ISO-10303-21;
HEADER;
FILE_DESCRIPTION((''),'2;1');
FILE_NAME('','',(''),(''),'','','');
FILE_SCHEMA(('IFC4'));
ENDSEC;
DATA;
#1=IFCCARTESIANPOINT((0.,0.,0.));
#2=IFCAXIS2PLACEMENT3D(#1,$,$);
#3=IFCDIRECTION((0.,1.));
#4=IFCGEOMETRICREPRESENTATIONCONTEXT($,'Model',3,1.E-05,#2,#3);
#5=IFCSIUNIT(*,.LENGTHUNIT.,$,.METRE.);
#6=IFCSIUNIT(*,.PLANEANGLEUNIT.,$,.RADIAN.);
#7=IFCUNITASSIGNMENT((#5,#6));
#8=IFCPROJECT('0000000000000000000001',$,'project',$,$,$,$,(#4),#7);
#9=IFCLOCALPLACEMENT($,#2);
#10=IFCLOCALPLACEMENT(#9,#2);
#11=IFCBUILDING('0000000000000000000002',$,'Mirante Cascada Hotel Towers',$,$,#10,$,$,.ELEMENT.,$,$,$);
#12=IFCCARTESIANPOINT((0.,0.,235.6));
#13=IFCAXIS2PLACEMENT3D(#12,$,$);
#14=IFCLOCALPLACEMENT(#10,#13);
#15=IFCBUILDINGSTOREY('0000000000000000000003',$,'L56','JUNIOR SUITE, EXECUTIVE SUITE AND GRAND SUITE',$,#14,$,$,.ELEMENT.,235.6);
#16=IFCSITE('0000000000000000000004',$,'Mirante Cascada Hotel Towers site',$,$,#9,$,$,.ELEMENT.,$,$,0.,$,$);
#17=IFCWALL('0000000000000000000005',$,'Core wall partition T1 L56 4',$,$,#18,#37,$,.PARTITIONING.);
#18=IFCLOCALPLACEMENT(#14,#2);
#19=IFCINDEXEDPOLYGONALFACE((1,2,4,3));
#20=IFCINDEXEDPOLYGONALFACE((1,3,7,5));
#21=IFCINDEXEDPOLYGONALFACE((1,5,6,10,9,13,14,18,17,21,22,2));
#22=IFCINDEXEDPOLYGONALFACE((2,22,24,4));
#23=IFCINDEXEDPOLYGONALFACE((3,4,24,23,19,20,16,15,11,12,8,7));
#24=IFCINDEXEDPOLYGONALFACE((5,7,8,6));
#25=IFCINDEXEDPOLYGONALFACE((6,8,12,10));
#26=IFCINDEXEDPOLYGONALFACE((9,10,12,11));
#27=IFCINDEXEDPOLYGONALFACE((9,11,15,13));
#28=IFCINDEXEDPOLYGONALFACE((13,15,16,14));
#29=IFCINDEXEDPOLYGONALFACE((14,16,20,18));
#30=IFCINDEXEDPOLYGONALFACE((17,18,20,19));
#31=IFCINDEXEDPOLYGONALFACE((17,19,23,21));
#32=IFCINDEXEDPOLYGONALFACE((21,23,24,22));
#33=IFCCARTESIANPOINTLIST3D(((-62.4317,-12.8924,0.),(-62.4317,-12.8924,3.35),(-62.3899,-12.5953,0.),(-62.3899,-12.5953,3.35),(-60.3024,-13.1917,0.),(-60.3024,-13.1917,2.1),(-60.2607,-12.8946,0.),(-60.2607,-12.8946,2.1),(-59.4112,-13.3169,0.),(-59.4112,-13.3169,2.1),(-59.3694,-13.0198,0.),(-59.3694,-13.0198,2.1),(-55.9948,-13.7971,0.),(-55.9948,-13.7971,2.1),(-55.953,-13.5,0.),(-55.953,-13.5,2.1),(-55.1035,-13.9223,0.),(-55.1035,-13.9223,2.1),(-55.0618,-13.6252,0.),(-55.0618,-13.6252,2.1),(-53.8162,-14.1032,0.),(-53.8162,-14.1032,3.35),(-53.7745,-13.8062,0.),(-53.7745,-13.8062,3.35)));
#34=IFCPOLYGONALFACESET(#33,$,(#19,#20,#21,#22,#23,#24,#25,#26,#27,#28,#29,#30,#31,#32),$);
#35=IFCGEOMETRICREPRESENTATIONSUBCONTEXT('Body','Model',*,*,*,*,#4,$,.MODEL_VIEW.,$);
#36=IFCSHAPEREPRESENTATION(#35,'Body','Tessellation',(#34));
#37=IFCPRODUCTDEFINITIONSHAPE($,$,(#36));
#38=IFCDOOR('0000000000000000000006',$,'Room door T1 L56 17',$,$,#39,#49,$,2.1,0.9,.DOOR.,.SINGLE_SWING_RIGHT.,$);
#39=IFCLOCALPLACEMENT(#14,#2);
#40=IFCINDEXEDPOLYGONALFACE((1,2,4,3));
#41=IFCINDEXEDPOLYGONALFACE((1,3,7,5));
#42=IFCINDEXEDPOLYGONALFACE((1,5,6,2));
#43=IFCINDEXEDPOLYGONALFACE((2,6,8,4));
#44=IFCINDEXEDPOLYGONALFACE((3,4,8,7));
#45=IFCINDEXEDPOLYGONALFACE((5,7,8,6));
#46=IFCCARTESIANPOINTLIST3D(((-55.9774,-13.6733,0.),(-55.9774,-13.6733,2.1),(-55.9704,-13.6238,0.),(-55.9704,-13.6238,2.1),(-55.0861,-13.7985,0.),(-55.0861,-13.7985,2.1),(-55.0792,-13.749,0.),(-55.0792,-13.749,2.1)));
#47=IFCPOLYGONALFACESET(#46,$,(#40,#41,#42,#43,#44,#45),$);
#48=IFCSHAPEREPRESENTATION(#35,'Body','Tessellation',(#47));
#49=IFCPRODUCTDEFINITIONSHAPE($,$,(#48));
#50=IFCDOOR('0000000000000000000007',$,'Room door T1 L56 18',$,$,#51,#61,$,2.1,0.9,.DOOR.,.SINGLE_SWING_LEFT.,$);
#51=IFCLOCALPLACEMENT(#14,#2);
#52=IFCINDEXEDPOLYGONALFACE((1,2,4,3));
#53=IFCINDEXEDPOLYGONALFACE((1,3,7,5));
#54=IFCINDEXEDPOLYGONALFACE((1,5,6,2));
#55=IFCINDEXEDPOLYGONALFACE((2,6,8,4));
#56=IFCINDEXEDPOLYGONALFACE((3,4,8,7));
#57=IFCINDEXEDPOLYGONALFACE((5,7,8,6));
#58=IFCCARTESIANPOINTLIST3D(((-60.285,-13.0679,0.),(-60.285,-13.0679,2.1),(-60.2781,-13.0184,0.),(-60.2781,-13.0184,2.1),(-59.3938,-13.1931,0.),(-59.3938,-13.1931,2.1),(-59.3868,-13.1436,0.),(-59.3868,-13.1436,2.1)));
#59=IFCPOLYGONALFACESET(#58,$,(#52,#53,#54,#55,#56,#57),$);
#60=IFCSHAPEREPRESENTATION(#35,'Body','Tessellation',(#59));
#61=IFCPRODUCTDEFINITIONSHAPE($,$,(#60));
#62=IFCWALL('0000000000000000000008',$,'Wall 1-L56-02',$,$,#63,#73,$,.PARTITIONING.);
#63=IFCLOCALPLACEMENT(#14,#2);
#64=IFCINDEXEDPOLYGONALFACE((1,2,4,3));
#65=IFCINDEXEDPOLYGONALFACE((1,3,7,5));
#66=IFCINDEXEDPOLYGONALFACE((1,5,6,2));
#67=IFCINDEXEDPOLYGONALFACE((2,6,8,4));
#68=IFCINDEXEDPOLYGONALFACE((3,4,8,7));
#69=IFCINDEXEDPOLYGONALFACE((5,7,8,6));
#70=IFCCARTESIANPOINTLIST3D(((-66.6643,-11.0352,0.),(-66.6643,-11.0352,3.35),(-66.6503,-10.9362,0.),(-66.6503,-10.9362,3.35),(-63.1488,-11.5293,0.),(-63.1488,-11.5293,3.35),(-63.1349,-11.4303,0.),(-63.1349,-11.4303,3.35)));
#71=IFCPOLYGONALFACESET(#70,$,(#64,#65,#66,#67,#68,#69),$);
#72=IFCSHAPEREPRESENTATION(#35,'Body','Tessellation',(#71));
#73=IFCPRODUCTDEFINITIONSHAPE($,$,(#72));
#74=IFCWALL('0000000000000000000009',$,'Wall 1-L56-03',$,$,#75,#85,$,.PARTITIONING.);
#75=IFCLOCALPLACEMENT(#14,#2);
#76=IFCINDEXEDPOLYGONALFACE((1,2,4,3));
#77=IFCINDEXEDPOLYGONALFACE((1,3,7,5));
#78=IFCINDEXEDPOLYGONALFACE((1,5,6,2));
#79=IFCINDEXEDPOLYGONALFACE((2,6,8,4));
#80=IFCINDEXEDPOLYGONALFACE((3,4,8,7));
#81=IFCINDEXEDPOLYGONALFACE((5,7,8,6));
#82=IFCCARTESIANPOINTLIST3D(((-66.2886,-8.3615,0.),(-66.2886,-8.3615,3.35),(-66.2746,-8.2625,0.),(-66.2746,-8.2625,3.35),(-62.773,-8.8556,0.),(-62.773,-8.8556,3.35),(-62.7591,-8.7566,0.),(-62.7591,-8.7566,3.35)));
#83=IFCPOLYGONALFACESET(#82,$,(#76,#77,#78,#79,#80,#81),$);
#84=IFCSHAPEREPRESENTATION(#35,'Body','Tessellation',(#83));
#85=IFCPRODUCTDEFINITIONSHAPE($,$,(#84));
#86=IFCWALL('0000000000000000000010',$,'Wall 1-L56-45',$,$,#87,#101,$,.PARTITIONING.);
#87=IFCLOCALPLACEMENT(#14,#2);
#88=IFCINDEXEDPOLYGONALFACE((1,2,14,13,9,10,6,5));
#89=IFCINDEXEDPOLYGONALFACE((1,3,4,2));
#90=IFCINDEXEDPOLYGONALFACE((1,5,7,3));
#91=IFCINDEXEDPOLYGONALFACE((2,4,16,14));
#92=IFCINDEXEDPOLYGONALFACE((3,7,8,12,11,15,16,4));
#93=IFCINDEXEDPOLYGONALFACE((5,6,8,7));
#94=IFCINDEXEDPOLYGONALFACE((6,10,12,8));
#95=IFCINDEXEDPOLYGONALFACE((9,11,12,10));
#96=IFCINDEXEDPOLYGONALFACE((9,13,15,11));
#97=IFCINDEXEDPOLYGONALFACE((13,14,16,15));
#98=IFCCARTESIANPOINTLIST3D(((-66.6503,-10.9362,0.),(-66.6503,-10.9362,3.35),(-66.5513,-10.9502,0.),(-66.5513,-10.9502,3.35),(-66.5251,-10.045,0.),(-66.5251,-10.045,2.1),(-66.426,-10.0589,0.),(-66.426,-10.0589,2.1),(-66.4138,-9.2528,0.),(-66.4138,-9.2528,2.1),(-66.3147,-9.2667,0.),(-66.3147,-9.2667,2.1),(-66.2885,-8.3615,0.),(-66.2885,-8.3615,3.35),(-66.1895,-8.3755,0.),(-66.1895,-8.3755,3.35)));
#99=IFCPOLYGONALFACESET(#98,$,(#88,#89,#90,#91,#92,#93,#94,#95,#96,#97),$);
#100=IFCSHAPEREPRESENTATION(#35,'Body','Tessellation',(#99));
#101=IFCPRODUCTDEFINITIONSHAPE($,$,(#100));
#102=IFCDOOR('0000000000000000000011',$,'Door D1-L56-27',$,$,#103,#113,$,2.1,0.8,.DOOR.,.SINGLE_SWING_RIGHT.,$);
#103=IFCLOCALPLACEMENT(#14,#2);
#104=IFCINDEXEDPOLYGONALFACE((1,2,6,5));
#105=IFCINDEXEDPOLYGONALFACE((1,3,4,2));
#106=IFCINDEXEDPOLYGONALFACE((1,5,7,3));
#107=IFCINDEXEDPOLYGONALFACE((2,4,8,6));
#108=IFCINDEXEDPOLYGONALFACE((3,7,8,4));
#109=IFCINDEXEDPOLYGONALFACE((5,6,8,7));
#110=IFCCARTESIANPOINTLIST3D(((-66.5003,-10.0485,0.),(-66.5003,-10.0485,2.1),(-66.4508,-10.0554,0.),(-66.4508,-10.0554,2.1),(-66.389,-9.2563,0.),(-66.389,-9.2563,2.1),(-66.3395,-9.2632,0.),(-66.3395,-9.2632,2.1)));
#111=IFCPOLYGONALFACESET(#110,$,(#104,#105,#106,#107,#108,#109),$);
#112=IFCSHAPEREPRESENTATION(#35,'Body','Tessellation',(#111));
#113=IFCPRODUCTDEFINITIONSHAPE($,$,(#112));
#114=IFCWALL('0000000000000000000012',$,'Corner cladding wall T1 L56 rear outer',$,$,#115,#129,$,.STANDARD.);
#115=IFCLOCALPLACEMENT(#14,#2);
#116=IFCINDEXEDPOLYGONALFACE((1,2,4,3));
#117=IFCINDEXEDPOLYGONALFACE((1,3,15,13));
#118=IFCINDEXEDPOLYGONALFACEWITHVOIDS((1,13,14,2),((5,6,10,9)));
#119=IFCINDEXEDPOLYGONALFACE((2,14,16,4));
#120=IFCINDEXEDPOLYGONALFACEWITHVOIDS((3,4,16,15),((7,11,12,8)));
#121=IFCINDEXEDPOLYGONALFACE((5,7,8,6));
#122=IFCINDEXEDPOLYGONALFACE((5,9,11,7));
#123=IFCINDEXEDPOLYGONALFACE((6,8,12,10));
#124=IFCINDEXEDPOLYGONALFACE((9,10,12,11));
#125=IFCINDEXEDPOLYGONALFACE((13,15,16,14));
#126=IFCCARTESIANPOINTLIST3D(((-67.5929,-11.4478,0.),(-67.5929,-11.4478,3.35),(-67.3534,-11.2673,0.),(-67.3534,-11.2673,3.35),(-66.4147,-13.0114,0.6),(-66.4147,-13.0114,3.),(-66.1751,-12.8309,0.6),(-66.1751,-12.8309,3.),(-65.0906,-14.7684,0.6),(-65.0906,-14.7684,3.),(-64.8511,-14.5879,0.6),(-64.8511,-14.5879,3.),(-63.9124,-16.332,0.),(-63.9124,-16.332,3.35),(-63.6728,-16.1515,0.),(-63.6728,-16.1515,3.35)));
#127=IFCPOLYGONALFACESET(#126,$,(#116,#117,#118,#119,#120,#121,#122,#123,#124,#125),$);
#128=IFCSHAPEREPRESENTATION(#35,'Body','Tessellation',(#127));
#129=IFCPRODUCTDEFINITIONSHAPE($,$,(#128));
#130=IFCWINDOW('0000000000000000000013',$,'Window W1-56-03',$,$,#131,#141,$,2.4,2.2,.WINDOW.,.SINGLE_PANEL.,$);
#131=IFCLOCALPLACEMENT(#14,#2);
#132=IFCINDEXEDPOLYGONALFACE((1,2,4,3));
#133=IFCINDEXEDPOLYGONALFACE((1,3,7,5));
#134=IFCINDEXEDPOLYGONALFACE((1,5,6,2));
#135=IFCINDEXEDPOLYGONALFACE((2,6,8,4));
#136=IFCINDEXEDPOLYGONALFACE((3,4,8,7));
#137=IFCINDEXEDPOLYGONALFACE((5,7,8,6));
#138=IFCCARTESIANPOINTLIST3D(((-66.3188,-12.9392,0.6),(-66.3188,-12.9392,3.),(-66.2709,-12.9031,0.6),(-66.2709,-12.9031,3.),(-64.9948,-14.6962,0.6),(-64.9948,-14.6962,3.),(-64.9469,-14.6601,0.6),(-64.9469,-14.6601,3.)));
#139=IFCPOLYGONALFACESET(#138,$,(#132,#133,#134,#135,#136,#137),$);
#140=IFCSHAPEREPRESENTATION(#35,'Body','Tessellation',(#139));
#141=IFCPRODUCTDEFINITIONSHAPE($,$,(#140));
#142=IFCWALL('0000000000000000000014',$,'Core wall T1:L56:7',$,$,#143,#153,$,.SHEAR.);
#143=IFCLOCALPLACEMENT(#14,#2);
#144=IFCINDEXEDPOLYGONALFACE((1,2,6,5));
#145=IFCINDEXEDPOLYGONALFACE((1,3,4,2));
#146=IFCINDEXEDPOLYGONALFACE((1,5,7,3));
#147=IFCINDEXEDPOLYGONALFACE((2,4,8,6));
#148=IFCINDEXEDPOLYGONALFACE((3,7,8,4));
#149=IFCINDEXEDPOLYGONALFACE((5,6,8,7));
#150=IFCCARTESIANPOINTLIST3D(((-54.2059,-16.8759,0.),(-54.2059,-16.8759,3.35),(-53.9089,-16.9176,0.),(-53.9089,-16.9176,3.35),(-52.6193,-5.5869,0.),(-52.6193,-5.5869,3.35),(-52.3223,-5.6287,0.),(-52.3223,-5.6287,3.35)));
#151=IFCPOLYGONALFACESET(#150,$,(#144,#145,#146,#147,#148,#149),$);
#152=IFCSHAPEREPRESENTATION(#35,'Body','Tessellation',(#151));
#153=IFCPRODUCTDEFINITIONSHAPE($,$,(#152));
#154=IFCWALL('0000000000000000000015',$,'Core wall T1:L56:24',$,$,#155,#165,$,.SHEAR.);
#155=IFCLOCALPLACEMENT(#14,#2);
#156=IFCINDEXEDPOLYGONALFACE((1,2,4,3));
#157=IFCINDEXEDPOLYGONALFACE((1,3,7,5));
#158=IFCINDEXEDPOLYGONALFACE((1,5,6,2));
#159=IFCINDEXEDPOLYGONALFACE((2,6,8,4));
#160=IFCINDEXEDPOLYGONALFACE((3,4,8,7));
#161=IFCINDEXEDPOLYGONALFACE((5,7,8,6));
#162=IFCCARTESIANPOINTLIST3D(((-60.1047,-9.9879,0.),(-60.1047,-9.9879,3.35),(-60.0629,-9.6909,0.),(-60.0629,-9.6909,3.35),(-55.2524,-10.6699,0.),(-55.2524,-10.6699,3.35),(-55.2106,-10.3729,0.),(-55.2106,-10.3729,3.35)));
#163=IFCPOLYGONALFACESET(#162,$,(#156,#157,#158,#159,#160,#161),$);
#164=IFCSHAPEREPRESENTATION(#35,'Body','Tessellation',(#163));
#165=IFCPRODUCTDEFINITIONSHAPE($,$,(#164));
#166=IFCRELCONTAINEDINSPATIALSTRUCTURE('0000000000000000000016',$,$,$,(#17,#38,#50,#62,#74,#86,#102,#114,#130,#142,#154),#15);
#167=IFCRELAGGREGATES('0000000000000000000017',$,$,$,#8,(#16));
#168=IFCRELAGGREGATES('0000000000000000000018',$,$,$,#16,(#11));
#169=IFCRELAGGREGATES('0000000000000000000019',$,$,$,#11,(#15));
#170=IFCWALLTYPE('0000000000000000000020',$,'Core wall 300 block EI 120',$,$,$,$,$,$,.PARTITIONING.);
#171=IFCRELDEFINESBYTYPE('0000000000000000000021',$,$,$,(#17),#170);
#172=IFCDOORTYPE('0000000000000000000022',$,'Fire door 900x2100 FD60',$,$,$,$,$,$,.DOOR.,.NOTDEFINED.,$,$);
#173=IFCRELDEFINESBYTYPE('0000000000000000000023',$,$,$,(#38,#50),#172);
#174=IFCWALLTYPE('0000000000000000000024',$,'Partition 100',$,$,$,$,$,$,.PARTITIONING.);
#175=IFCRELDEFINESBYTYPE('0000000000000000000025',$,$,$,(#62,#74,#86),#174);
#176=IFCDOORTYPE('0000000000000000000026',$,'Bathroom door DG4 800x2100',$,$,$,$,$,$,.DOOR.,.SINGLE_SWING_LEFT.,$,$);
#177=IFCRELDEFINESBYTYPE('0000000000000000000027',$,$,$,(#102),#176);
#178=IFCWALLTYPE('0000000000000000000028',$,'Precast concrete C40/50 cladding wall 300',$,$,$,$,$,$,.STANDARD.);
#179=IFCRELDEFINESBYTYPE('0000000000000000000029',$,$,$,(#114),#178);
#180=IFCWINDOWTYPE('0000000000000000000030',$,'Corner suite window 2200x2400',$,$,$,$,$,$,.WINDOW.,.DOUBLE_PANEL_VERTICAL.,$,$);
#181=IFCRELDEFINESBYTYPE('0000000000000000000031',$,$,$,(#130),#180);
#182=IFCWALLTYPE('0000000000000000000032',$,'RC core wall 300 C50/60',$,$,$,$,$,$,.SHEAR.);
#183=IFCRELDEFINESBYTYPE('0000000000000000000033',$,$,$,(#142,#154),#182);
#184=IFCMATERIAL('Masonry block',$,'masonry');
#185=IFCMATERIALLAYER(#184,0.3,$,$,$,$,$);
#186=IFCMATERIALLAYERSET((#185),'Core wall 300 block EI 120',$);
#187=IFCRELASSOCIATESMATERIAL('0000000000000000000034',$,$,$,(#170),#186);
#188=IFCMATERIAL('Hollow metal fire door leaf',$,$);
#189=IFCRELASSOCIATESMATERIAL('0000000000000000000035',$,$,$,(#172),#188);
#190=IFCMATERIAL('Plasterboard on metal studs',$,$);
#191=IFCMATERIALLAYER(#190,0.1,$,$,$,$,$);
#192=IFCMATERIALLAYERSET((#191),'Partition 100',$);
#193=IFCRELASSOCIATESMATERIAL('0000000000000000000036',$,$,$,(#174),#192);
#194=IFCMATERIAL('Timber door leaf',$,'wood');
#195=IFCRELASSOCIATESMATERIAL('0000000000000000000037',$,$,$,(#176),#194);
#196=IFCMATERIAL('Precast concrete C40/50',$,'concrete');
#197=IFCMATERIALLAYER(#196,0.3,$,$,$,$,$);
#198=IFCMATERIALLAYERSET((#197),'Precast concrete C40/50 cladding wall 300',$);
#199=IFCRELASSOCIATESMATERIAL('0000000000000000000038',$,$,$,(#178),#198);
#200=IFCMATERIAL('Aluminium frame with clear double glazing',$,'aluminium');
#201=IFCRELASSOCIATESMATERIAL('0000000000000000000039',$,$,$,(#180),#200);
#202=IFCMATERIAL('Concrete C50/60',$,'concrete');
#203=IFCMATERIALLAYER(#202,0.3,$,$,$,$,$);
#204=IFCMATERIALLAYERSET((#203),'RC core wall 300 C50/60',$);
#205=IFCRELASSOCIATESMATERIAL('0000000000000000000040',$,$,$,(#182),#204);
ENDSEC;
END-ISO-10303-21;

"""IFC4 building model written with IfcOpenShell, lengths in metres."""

from ifc_helpers import new_model, si_unit, direction, frame, frame_2d, origin, place, context, subcontext, project, spatial, rectangle, extrude, material, layer, layer_set, type_object, element, fill, save


model = new_model("IFC4")

# Units and contexts
model_context = context("Model", 3, precision=1e-05, world=origin(), true_north=direction((0.0, 1.0)))
body_context = subcontext(model_context, "Body", "Model", "MODEL_VIEW")
ifc_project = project(units=[si_unit("LENGTHUNIT", "METRE"), si_unit("PLANEANGLEUNIT", "RADIAN")], contexts=[model_context])

# Site, building, storey
site_placement = place(None, origin())
site = spatial("IfcSite", under=ifc_project, at=site_placement, Name="Mirante Cascada Hotel Towers site", CompositionType="ELEMENT", RefElevation=0.0)
building_placement = place(site_placement, origin())
building = spatial("IfcBuilding", under=site, at=building_placement, Name="Mirante Cascada Hotel Towers", CompositionType="ELEMENT")
storey_placement = place(building_placement, frame((0.0, 0.0, 235.6)))
storey = spatial("IfcBuildingStorey", under=building, at=storey_placement, Name="L56", Description="JUNIOR SUITE, EXECUTIVE SUITE AND GRAND SUITE", CompositionType="ELEMENT", Elevation=235.6)

# Wall, openings, doors
ifc_material_1 = material(Name="Masonry block", Category="masonry")
ifc_layer_1 = layer(ifc_material_1, 0.3)
ifc_layer_set_1 = layer_set([ifc_layer_1], Name="Core wall 300 block EI 120")
wall_type_1 = type_object("IfcWallType", Name="Core wall 300 block EI 120", PredefinedType="PARTITIONING", material=ifc_layer_set_1)
wall_1_placement = place(storey_placement, frame((-53.7953, -13.9547, 0.0), z_axis=(0.0, 0.0, 1.0), x_axis=(-0.990268, 0.139171, 0.0)))
wall_1 = element("IfcWall", 1, at=wall_1_placement, inside=storey, type_object=wall_type_1, Name="Core wall partition T1 L56 4", PredefinedType="PARTITIONING", context=body_context, shape_type="SweptSolid", body=[
    extrude(rectangle(XDim=8.7001, YDim=0.3, at=frame_2d((4.3501, 0.0))), origin(), (0.0, 0.0, 1.0), 3.35),
])
opening_1_placement = place(wall_1_placement, frame((1.3, 0.0, 0.0)))
opening_1 = element("IfcOpeningElement", 2, at=opening_1_placement, cuts=wall_1, PredefinedType="OPENING", context=body_context, shape_type="SweptSolid", body=[
    extrude(rectangle(XDim=0.9, YDim=2.1, at=frame_2d((0.45, 1.05))), frame((0.0, 0.15, 0.0), z_axis=(0.0, -1.0, 0.0), x_axis=(1.0, 0.0, 0.0)), (0.0, 0.0, 1.0), 0.3),
])
opening_2_placement = place(wall_1_placement, frame((5.65, 0.0, 0.0)))
opening_2 = element("IfcOpeningElement", 3, at=opening_2_placement, cuts=wall_1, PredefinedType="OPENING", context=body_context, shape_type="SweptSolid", body=[
    extrude(rectangle(XDim=0.9, YDim=2.1, at=frame_2d((0.45, 1.05))), frame((0.0, 0.15, 0.0), z_axis=(0.0, -1.0, 0.0), x_axis=(1.0, 0.0, 0.0)), (0.0, 0.0, 1.0), 0.3),
])
ifc_material_2 = material(Name="Hollow metal fire door leaf")
door_type_1 = type_object("IfcDoorType", Name="Fire door 900x2100 FD60", OperationType="NOTDEFINED", PredefinedType="DOOR", material=ifc_material_2)
door_1_placement = place(opening_1_placement, origin())
door_1 = element("IfcDoor", 4, at=door_1_placement, inside=storey, type_object=door_type_1, Name="Room door T1 L56 17", OperationType="SINGLE_SWING_RIGHT", OverallHeight=2.1, OverallWidth=0.9, PredefinedType="DOOR", context=body_context, shape_type="SweptSolid", body=[
    extrude(rectangle(XDim=0.9, YDim=2.1, at=frame_2d((0.45, 1.05))), frame((0.0, 0.025, 0.0), z_axis=(0.0, -1.0, 0.0), x_axis=(1.0, 0.0, 0.0)), (0.0, 0.0, 1.0), 0.05),
])
fill(opening_1, door_1)
door_2_placement = place(opening_2_placement, origin())
door_2 = element("IfcDoor", 5, at=door_2_placement, inside=storey, type_object=door_type_1, Name="Room door T1 L56 18", OperationType="SINGLE_SWING_LEFT", OverallHeight=2.1, OverallWidth=0.9, PredefinedType="DOOR", context=body_context, shape_type="SweptSolid", body=[
    extrude(rectangle(XDim=0.9, YDim=2.1, at=frame_2d((0.45, 1.05))), frame((0.0, 0.025, 0.0), z_axis=(0.0, -1.0, 0.0), x_axis=(1.0, 0.0, 0.0)), (0.0, 0.0, 1.0), 0.05),
])
fill(opening_2, door_2)

# Walls
ifc_material_3 = material(Name="Plasterboard on metal studs")
ifc_layer_2 = layer(ifc_material_3, 0.1)
ifc_layer_set_2 = layer_set([ifc_layer_2], Name="Partition 100")
wall_type_2 = type_object("IfcWallType", Name="Partition 100", PredefinedType="PARTITIONING", material=ifc_layer_set_2)
wall_2_placement = place(storey_placement, frame((-66.6573, -10.9857, 0.0), z_axis=(0.0, 0.0, 1.0), x_axis=(0.990266, -0.139185, 0.0)))
element("IfcWall", 6, at=wall_2_placement, inside=storey, type_object=wall_type_2, Name="Wall 1-L56-02", PredefinedType="PARTITIONING", context=body_context, shape_type="SweptSolid", body=[
    extrude(rectangle(XDim=3.55, YDim=0.1, at=frame_2d((1.775, 0.0))), origin(), (0.0, 0.0, 1.0), 3.35),
])
wall_3_placement = place(storey_placement, frame((-62.7661, -8.8061, 0.0), z_axis=(0.0, 0.0, 1.0), x_axis=(-0.990267, 0.139181, 0.0)))
element("IfcWall", 7, at=wall_3_placement, inside=storey, type_object=wall_type_2, Name="Wall 1-L56-03", PredefinedType="PARTITIONING", context=body_context, shape_type="SweptSolid", body=[
    extrude(rectangle(XDim=3.5501, YDim=0.1, at=frame_2d((1.775, 0.0))), origin(), (0.0, 0.0, 1.0), 3.35),
])

# Wall, opening, door
wall_4_placement = place(storey_placement, frame((-66.6008, -10.9432, 0.0), z_axis=(0.0, 0.0, 1.0), x_axis=(0.139154, 0.990271, 0.0)))
wall_4 = element("IfcWall", 8, at=wall_4_placement, inside=storey, type_object=wall_type_2, Name="Wall 1-L56-45", PredefinedType="PARTITIONING", context=body_context, shape_type="SweptSolid", body=[
    extrude(rectangle(XDim=2.6, YDim=0.1, at=frame_2d((1.3, 0.0))), origin(), (0.0, 0.0, 1.0), 3.35),
])
opening_3_placement = place(wall_4_placement, frame((0.9, 0.0, 0.0)))
opening_3 = element("IfcOpeningElement", 9, at=opening_3_placement, cuts=wall_4, PredefinedType="OPENING", context=body_context, shape_type="SweptSolid", body=[
    extrude(rectangle(XDim=0.8, YDim=2.1, at=frame_2d((0.4, 1.05))), frame((0.0, 0.05, 0.0), z_axis=(0.0, -1.0, 0.0), x_axis=(1.0, 0.0, 0.0)), (0.0, 0.0, 1.0), 0.1),
])
ifc_material_4 = material(Name="Timber door leaf", Category="wood")
door_type_2 = type_object("IfcDoorType", Name="Bathroom door DG4 800x2100", OperationType="SINGLE_SWING_LEFT", PredefinedType="DOOR", material=ifc_material_4)
door_3_placement = place(opening_3_placement, frame((0.8, 0.0, 0.0), z_axis=(0.0, 0.0, 1.0), x_axis=(-1.0, 0.0, 0.0)))
door_3 = element("IfcDoor", 10, at=door_3_placement, inside=storey, type_object=door_type_2, Name="Door D1-L56-27", OperationType="SINGLE_SWING_RIGHT", OverallHeight=2.1, OverallWidth=0.8, PredefinedType="DOOR", context=body_context, shape_type="SweptSolid", body=[
    extrude(rectangle(XDim=0.8, YDim=2.1, at=frame_2d((0.4, 1.05))), frame((0.0, 0.025, 0.0), z_axis=(0.0, -1.0, 0.0), x_axis=(1.0, 0.0, 0.0)), (0.0, 0.0, 1.0), 0.05),
])
fill(opening_3, door_3)

# Wall, opening, window
ifc_material_5 = material(Name="Precast concrete C40/50", Category="concrete")
ifc_layer_3 = layer(ifc_material_5, 0.3)
ifc_layer_set_3 = layer_set([ifc_layer_3], Name="Precast concrete C40/50 cladding wall 300")
wall_type_3 = type_object("IfcWallType", Name="Precast concrete C40/50 cladding wall 300", PredefinedType="STANDARD", material=ifc_layer_set_3)
wall_5_placement = place(storey_placement, frame((-63.7926, -16.2417, 0.0), z_axis=(0.0, 0.0, 1.0), x_axis=(-0.601824, 0.798628, 0.0)))
wall_5 = element("IfcWall", 11, at=wall_5_placement, inside=storey, type_object=wall_type_3, Name="Corner cladding wall T1 L56 rear outer", PredefinedType="STANDARD", context=body_context, shape_type="SweptSolid", body=[
    extrude(rectangle(XDim=6.1157, YDim=0.3, at=frame_2d((3.0578, 0.0))), origin(), (0.0, 0.0, 1.0), 3.35),
])
opening_4_placement = place(wall_5_placement, frame((1.9578, 0.0, 0.6)))
opening_4 = element("IfcOpeningElement", 12, at=opening_4_placement, cuts=wall_5, PredefinedType="OPENING", context=body_context, shape_type="SweptSolid", body=[
    extrude(rectangle(XDim=2.2, YDim=2.4, at=frame_2d((1.1, 1.2))), frame((0.0, 0.15, 0.0), z_axis=(0.0, -1.0, 0.0), x_axis=(1.0, 0.0, 0.0)), (0.0, 0.0, 1.0), 0.3),
])
ifc_material_6 = material(Name="Aluminium frame with clear double glazing", Category="aluminium")
window_type = type_object("IfcWindowType", Name="Corner suite window 2200x2400", PartitioningType="DOUBLE_PANEL_VERTICAL", PredefinedType="WINDOW", material=ifc_material_6)
window_placement = place(opening_4_placement, origin())
window = element("IfcWindow", 13, at=window_placement, inside=storey, type_object=window_type, Name="Window W1-56-03", OverallHeight=2.4, OverallWidth=2.2, PartitioningType="SINGLE_PANEL", PredefinedType="WINDOW", context=body_context, shape_type="SweptSolid", body=[
    extrude(rectangle(XDim=2.2, YDim=2.4, at=frame_2d((1.1, 1.2))), frame((0.0, 0.03, 0.0), z_axis=(0.0, -1.0, 0.0), x_axis=(1.0, 0.0, 0.0)), (0.0, 0.0, 1.0), 0.06),
])
fill(opening_4, window)

# Walls
ifc_material_7 = material(Name="Concrete C50/60", Category="concrete")
ifc_layer_4 = layer(ifc_material_7, 0.3)
ifc_layer_set_4 = layer_set([ifc_layer_4], Name="RC core wall 300 C50/60")
wall_type_4 = type_object("IfcWallType", Name="RC core wall 300 C50/60", PredefinedType="SHEAR", material=ifc_layer_set_4)
wall_6_placement = place(storey_placement, frame((-54.0574, -16.8968, 0.0), z_axis=(0.0, 0.0, 1.0), x_axis=(0.139176, 0.990268, 0.0)))
element("IfcWall", 14, at=wall_6_placement, inside=storey, type_object=wall_type_4, Name="Core wall T1:L56:7", PredefinedType="SHEAR", context=body_context, shape_type="SweptSolid", body=[
    extrude(rectangle(XDim=11.3999, YDim=0.3, at=frame_2d((5.7, 0.0))), origin(), (0.0, 0.0, 1.0), 3.35),
])
wall_7_placement = place(storey_placement, frame((-55.2315, -10.5214, 0.0), z_axis=(0.0, 0.0, 1.0), x_axis=(-0.990267, 0.139184, 0.0)))
element("IfcWall", 15, at=wall_7_placement, inside=storey, type_object=wall_type_4, Name="Core wall T1:L56:24", PredefinedType="SHEAR", context=body_context, shape_type="SweptSolid", body=[
    extrude(rectangle(XDim=4.9, YDim=0.3, at=frame_2d((2.45, 0.0))), origin(), (0.0, 0.0, 1.0), 3.35),
])

save(model, "model.ifc")
